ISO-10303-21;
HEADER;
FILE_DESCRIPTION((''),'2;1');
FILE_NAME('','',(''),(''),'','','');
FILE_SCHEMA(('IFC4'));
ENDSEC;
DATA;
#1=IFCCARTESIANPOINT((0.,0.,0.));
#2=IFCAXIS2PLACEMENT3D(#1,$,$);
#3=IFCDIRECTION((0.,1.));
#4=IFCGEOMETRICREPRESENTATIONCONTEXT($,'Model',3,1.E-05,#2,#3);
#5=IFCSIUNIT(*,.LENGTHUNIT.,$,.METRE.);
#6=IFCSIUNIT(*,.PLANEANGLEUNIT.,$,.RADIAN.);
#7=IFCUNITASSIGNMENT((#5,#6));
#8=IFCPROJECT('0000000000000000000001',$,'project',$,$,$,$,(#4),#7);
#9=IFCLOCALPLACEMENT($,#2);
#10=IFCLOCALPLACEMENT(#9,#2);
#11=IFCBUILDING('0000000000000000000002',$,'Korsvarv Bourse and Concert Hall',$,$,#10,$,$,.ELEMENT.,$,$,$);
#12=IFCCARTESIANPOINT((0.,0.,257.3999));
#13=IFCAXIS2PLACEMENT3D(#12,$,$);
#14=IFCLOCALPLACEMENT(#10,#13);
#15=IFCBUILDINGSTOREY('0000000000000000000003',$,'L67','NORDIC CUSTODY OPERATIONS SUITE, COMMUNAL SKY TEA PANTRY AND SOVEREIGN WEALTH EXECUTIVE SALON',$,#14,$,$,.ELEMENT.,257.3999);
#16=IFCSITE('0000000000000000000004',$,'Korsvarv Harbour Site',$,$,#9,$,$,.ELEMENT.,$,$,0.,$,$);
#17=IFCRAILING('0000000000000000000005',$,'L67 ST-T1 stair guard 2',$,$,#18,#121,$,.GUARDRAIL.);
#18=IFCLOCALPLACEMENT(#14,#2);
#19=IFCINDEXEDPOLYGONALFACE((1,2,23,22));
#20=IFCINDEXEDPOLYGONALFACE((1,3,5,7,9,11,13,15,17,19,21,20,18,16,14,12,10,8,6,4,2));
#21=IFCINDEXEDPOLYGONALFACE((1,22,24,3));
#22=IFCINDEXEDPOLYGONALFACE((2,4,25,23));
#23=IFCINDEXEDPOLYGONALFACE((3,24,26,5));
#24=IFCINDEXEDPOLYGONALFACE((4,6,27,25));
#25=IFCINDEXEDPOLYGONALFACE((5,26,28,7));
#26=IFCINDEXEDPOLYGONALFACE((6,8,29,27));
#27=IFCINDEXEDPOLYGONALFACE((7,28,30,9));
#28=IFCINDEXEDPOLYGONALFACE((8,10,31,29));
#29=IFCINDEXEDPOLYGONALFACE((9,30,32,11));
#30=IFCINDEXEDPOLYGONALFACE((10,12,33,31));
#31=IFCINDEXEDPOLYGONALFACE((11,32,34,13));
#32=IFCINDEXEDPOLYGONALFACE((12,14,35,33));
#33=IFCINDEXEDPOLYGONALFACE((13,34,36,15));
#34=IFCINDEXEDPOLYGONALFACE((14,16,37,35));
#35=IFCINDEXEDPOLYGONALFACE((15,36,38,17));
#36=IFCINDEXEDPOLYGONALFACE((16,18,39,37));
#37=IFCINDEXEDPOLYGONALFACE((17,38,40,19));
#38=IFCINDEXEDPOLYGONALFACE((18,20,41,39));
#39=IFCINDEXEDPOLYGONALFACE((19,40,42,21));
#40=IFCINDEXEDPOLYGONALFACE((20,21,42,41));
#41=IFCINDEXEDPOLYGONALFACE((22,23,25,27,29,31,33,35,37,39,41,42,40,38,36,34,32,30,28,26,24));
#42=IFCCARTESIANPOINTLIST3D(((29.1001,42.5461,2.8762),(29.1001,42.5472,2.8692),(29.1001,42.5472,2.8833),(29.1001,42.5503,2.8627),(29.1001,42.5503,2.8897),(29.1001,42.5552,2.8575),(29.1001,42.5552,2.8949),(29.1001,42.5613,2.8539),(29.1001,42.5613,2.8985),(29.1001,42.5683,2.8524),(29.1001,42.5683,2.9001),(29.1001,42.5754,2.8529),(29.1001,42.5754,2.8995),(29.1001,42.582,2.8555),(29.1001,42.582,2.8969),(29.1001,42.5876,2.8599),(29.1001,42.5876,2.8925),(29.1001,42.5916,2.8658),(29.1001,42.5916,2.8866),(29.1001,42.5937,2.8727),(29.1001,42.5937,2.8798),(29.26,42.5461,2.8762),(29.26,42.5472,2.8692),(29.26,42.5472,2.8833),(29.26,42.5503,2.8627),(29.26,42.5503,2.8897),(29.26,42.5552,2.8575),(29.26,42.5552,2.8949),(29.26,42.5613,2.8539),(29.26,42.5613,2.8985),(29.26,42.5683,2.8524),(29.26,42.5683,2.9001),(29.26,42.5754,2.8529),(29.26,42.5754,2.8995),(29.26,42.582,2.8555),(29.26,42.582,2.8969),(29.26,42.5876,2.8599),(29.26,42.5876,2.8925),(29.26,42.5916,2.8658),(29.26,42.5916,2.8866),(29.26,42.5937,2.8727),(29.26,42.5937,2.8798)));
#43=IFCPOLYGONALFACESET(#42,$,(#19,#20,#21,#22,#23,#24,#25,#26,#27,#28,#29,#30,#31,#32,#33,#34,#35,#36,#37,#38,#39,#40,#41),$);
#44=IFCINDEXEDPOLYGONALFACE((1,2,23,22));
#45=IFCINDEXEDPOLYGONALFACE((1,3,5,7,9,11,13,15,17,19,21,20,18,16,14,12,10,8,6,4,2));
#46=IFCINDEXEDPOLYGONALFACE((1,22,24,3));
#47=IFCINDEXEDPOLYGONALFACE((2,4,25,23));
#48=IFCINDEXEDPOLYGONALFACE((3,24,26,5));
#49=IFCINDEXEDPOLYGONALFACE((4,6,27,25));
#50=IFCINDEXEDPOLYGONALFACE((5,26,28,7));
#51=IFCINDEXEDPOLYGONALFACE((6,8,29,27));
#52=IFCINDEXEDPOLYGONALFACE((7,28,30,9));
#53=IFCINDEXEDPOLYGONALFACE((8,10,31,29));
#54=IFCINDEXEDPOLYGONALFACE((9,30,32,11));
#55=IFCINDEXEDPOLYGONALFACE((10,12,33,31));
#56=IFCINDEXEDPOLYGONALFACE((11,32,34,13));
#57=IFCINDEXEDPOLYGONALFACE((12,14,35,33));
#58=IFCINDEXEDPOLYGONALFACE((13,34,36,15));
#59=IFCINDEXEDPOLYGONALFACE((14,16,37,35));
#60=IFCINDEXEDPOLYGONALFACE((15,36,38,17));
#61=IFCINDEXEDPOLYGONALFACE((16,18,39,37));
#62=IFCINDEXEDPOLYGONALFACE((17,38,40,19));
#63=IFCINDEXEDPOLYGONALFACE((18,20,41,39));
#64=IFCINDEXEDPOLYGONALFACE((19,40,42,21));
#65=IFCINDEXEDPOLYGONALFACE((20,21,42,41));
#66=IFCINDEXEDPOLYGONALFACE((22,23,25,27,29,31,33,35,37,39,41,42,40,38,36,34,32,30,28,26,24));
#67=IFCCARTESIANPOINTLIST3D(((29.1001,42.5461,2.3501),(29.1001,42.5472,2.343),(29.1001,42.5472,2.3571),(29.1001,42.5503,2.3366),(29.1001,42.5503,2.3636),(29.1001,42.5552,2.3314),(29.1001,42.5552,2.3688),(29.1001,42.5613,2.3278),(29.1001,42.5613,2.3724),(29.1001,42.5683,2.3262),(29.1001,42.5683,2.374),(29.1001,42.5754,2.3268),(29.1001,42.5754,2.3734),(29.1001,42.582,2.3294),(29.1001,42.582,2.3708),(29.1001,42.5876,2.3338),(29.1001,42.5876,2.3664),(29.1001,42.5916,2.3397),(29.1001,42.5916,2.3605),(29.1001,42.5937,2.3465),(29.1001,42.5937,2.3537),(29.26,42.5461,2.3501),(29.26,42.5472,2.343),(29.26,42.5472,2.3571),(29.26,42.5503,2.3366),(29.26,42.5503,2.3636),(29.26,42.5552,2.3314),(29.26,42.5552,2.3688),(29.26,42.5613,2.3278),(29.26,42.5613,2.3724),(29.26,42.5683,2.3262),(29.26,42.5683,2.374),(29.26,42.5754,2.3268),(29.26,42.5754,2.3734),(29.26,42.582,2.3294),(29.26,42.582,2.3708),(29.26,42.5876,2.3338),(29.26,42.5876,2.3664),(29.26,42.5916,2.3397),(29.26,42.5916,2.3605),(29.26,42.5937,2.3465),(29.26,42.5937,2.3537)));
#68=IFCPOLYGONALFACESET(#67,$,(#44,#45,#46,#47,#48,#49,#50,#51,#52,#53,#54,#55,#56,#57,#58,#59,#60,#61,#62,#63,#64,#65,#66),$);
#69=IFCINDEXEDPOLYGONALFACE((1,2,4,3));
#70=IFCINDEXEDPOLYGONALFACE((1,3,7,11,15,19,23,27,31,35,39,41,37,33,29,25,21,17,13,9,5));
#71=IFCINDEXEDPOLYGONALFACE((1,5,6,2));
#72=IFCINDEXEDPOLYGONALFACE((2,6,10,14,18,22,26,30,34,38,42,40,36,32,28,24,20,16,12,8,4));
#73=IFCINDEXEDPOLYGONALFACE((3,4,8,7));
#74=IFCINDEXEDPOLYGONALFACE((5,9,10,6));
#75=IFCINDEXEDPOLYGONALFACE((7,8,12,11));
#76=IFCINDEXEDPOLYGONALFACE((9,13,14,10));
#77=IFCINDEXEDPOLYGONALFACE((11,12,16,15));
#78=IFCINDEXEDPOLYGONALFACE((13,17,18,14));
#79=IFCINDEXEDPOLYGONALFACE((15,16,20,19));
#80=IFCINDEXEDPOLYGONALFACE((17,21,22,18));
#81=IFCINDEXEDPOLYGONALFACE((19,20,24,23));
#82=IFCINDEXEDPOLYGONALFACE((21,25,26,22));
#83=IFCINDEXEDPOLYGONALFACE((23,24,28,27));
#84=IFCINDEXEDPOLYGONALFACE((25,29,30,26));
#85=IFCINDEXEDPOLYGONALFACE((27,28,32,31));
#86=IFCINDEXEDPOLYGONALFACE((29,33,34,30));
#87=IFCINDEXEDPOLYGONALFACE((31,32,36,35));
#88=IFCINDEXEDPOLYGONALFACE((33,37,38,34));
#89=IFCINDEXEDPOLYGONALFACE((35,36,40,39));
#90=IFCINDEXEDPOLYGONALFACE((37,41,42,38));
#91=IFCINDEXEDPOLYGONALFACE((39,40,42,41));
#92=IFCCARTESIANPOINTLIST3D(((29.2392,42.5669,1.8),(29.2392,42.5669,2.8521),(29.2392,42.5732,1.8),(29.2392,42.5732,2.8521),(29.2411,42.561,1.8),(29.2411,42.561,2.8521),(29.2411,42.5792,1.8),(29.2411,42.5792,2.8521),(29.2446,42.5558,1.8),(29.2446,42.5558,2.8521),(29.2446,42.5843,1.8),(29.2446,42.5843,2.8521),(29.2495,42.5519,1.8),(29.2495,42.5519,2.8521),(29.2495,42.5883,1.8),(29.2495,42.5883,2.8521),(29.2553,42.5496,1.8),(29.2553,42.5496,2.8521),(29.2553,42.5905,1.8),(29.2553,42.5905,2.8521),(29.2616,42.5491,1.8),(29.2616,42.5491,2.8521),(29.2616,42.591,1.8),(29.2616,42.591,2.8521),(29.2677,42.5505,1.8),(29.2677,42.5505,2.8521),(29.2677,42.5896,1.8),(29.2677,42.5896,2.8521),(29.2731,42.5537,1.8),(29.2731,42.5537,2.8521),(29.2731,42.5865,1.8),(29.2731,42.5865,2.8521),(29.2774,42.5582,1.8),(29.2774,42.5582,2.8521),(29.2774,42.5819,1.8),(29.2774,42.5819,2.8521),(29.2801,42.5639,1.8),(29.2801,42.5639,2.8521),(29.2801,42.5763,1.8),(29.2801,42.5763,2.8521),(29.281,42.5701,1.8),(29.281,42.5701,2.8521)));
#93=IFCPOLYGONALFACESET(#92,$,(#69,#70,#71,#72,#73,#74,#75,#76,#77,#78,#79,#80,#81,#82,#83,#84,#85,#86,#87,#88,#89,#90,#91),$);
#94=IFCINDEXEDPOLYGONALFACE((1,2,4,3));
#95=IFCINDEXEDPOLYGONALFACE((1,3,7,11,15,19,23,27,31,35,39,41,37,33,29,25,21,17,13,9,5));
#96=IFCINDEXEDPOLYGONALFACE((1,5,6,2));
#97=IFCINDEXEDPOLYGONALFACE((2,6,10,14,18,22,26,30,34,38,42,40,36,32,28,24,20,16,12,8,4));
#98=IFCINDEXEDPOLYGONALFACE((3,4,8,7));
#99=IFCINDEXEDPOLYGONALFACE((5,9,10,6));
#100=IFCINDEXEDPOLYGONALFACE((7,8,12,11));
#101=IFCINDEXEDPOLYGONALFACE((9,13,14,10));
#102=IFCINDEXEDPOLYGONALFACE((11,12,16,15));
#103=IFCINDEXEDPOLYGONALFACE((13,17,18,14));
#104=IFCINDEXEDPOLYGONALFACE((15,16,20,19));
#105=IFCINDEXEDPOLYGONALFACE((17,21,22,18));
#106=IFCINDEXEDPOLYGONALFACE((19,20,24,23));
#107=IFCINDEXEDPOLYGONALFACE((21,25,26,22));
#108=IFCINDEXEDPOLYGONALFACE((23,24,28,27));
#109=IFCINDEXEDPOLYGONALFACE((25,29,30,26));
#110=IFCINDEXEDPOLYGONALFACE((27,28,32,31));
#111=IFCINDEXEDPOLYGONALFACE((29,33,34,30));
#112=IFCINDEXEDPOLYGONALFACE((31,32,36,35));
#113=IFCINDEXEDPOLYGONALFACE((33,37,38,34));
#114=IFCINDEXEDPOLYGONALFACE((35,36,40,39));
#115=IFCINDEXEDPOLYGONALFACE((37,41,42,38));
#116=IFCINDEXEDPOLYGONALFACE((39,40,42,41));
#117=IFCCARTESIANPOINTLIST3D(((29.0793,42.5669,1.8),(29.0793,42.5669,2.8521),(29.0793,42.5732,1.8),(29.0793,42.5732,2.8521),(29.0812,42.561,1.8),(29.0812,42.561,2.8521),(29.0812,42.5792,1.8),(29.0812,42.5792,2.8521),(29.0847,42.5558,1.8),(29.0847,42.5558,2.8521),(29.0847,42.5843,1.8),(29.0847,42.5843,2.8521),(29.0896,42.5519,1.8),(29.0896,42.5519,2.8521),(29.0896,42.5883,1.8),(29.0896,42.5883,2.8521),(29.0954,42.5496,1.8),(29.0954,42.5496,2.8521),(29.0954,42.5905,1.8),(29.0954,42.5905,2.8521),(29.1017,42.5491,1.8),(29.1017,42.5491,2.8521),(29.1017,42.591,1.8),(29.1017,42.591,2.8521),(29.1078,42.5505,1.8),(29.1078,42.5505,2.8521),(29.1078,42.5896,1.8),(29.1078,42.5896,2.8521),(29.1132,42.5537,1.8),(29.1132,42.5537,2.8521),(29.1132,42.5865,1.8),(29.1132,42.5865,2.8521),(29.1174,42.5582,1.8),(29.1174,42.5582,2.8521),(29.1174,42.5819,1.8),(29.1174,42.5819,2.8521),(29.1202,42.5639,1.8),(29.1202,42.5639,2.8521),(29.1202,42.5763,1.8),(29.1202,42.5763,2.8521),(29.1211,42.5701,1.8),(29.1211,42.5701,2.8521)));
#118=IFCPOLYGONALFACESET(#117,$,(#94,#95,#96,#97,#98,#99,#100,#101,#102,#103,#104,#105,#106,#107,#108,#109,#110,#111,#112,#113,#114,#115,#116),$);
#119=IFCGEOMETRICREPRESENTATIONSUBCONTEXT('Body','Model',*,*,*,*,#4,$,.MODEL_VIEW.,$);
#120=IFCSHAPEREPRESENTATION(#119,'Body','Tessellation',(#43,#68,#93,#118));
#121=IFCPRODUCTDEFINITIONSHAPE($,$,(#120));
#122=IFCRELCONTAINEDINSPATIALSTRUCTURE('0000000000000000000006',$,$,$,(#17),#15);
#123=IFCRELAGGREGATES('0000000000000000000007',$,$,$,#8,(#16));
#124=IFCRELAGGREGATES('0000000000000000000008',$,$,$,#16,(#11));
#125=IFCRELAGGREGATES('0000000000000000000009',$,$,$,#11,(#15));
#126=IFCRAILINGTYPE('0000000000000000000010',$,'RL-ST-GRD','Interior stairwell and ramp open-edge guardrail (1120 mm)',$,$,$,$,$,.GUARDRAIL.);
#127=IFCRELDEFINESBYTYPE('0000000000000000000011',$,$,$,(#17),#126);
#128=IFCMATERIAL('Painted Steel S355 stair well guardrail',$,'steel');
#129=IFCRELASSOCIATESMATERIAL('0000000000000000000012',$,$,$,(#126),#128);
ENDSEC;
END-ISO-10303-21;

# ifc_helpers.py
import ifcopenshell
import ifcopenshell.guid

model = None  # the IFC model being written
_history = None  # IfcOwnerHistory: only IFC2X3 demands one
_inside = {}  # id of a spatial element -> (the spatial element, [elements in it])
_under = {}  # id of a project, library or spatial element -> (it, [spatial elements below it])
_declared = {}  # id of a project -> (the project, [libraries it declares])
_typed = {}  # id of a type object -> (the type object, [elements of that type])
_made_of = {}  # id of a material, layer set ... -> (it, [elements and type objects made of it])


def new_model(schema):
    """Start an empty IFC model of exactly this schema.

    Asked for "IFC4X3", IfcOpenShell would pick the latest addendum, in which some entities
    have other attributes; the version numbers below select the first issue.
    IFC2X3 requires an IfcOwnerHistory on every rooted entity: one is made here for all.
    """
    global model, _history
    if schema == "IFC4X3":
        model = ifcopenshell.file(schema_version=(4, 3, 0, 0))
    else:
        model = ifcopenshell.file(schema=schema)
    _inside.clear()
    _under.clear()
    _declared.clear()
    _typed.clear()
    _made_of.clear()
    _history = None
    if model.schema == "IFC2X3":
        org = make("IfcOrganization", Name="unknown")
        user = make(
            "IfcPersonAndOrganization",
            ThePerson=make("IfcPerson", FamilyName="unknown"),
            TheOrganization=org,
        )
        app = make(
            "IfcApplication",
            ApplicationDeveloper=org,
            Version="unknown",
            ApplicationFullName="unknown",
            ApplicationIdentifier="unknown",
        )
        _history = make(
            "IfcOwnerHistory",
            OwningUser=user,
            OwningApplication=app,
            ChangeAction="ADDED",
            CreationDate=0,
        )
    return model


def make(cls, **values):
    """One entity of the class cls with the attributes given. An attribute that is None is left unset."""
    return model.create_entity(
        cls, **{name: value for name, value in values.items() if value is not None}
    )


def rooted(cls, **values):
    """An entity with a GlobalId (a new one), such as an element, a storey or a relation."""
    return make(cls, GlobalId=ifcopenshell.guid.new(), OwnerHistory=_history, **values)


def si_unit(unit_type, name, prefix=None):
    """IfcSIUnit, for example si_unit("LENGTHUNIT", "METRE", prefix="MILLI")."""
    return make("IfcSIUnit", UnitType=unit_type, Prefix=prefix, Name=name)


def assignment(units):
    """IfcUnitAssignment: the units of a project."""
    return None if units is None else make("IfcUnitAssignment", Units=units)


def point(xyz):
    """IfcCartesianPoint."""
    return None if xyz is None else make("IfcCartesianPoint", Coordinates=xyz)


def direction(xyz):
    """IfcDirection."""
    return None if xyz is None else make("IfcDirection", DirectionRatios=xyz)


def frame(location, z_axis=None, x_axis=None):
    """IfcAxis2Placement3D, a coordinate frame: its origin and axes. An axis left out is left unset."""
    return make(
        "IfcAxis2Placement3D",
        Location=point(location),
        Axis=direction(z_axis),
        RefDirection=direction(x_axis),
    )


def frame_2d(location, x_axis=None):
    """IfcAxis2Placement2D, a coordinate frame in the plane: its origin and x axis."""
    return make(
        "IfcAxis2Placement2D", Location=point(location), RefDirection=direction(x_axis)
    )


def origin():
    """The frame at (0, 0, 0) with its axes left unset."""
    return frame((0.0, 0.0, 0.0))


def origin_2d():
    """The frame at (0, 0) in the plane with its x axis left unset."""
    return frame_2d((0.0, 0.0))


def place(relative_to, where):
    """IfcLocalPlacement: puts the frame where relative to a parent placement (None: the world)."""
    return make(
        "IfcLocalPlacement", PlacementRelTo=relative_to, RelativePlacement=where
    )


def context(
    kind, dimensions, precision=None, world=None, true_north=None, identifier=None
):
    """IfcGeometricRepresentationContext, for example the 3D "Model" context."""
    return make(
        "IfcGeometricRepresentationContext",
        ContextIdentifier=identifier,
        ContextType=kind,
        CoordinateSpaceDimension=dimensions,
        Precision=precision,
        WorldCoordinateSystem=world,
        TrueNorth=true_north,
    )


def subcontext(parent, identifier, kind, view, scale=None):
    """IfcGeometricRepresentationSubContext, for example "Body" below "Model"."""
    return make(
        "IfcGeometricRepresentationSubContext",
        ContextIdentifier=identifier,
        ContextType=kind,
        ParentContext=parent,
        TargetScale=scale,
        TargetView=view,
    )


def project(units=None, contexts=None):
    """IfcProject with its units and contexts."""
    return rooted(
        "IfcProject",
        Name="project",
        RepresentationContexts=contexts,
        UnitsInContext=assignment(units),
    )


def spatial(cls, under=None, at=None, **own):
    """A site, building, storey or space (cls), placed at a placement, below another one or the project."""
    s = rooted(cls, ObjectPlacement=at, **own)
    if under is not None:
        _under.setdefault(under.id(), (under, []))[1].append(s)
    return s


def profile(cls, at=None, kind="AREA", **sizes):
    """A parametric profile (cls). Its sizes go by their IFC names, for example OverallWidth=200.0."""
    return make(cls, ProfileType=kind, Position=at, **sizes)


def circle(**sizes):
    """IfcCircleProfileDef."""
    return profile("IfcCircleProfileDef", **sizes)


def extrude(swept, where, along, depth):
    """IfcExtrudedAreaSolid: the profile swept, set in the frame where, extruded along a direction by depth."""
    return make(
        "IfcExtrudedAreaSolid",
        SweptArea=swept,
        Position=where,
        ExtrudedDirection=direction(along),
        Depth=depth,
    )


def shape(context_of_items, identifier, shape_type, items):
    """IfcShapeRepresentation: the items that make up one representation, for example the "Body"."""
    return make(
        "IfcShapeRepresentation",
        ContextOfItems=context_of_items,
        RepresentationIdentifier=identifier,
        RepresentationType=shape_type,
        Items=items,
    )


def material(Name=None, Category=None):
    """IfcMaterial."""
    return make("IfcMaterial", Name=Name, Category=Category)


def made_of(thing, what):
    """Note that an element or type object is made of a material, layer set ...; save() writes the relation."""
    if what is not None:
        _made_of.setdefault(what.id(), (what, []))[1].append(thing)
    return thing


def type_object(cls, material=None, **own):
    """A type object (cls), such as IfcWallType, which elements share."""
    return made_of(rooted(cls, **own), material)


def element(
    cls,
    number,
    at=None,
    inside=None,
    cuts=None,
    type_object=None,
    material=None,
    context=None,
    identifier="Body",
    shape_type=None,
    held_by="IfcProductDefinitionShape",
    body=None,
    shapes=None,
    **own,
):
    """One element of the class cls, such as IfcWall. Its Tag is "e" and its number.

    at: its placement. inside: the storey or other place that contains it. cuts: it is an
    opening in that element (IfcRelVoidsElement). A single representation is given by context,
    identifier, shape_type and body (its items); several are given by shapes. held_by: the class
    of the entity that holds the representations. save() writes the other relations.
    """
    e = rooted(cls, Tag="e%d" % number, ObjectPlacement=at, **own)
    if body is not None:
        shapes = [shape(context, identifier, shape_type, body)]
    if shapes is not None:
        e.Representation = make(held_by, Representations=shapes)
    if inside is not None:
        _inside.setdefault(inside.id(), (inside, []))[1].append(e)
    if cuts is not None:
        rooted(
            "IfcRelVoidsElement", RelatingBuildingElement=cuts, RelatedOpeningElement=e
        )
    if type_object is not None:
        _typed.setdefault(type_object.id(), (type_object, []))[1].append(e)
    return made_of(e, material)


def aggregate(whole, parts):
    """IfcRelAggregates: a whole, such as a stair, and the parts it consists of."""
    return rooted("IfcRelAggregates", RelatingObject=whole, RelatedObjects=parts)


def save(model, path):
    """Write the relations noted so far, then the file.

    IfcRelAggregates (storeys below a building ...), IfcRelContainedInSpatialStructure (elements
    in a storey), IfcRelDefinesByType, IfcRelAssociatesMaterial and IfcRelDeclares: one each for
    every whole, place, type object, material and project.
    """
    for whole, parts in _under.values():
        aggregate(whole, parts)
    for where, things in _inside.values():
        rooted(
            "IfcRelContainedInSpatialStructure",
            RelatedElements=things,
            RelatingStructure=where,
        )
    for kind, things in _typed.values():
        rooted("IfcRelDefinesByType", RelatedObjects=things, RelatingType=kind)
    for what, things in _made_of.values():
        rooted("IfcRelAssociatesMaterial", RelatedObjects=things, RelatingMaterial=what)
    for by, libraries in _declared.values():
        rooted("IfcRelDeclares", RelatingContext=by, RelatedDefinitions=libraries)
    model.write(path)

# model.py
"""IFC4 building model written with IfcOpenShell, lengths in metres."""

from ifc_helpers import new_model, si_unit, direction, frame, origin, origin_2d, place, context, subcontext, project, spatial, circle, extrude, material, type_object, element, save


model = new_model("IFC4")

# Units and contexts
model_context = context("Model", 3, precision=1e-05, world=origin(), true_north=direction((0.0, 1.0)))
body_context = subcontext(model_context, "Body", "Model", "MODEL_VIEW")
ifc_project = project(units=[si_unit("LENGTHUNIT", "METRE"), si_unit("PLANEANGLEUNIT", "RADIAN")], contexts=[model_context])

# Site, building, storey
site_placement = place(None, origin())
site = spatial("IfcSite", under=ifc_project, at=site_placement, Name="Korsvarv Harbour Site", CompositionType="ELEMENT", RefElevation=0.0)
building_placement = place(site_placement, origin())
building = spatial("IfcBuilding", under=site, at=building_placement, Name="Korsvarv Bourse and Concert Hall", CompositionType="ELEMENT")
storey_placement = place(building_placement, frame((0.0, 0.0, 257.3999)))
storey = spatial("IfcBuildingStorey", under=building, at=storey_placement, Name="L67", Description="NORDIC CUSTODY OPERATIONS SUITE, COMMUNAL SKY TEA PANTRY AND SOVEREIGN WEALTH EXECUTIVE SALON", CompositionType="ELEMENT", Elevation=257.3999)

# Railing
ifc_material_1 = material(Name="Painted Steel S355 stair well guardrail", Category="steel")
railing_type_1 = type_object("IfcRailingType", Name="RL-ST-GRD", Description="Interior stairwell and ramp open-edge guardrail (1120 mm)", PredefinedType="GUARDRAIL", material=ifc_material_1)
railing_1_placement = place(storey_placement, frame((29.26, 42.5701, 1.8)))
element("IfcRailing", 1, at=railing_1_placement, inside=storey, type_object=railing_type_1, Name="L67 ST-T1 stair guard 2", PredefinedType="GUARDRAIL", context=body_context, shape_type="SweptSolid", body=[
    extrude(circle(Radius=0.0239, at=origin_2d()), frame((0.0, 0.0, 1.0762), z_axis=(-1.0, 0.0, 0.0), x_axis=(0.0, -1.0, 0.0)), (0.0, 0.0, 1.0), 0.1599),
    extrude(circle(Radius=0.0239, at=origin_2d()), frame((0.0, 0.0, 0.55), z_axis=(-1.0, 0.0, 0.0), x_axis=(0.0, -1.0, 0.0)), (0.0, 0.0, 1.0), 0.1599),
    extrude(circle(Radius=0.021, at=origin_2d()), origin(), (0.0, 0.0, 1.0), 1.052),
    extrude(circle(Radius=0.021, at=origin_2d()), frame((-0.1599, 0.0, 0.0)), (0.0, 0.0, 1.0), 1.052),
])

save(model, "model.ifc")
